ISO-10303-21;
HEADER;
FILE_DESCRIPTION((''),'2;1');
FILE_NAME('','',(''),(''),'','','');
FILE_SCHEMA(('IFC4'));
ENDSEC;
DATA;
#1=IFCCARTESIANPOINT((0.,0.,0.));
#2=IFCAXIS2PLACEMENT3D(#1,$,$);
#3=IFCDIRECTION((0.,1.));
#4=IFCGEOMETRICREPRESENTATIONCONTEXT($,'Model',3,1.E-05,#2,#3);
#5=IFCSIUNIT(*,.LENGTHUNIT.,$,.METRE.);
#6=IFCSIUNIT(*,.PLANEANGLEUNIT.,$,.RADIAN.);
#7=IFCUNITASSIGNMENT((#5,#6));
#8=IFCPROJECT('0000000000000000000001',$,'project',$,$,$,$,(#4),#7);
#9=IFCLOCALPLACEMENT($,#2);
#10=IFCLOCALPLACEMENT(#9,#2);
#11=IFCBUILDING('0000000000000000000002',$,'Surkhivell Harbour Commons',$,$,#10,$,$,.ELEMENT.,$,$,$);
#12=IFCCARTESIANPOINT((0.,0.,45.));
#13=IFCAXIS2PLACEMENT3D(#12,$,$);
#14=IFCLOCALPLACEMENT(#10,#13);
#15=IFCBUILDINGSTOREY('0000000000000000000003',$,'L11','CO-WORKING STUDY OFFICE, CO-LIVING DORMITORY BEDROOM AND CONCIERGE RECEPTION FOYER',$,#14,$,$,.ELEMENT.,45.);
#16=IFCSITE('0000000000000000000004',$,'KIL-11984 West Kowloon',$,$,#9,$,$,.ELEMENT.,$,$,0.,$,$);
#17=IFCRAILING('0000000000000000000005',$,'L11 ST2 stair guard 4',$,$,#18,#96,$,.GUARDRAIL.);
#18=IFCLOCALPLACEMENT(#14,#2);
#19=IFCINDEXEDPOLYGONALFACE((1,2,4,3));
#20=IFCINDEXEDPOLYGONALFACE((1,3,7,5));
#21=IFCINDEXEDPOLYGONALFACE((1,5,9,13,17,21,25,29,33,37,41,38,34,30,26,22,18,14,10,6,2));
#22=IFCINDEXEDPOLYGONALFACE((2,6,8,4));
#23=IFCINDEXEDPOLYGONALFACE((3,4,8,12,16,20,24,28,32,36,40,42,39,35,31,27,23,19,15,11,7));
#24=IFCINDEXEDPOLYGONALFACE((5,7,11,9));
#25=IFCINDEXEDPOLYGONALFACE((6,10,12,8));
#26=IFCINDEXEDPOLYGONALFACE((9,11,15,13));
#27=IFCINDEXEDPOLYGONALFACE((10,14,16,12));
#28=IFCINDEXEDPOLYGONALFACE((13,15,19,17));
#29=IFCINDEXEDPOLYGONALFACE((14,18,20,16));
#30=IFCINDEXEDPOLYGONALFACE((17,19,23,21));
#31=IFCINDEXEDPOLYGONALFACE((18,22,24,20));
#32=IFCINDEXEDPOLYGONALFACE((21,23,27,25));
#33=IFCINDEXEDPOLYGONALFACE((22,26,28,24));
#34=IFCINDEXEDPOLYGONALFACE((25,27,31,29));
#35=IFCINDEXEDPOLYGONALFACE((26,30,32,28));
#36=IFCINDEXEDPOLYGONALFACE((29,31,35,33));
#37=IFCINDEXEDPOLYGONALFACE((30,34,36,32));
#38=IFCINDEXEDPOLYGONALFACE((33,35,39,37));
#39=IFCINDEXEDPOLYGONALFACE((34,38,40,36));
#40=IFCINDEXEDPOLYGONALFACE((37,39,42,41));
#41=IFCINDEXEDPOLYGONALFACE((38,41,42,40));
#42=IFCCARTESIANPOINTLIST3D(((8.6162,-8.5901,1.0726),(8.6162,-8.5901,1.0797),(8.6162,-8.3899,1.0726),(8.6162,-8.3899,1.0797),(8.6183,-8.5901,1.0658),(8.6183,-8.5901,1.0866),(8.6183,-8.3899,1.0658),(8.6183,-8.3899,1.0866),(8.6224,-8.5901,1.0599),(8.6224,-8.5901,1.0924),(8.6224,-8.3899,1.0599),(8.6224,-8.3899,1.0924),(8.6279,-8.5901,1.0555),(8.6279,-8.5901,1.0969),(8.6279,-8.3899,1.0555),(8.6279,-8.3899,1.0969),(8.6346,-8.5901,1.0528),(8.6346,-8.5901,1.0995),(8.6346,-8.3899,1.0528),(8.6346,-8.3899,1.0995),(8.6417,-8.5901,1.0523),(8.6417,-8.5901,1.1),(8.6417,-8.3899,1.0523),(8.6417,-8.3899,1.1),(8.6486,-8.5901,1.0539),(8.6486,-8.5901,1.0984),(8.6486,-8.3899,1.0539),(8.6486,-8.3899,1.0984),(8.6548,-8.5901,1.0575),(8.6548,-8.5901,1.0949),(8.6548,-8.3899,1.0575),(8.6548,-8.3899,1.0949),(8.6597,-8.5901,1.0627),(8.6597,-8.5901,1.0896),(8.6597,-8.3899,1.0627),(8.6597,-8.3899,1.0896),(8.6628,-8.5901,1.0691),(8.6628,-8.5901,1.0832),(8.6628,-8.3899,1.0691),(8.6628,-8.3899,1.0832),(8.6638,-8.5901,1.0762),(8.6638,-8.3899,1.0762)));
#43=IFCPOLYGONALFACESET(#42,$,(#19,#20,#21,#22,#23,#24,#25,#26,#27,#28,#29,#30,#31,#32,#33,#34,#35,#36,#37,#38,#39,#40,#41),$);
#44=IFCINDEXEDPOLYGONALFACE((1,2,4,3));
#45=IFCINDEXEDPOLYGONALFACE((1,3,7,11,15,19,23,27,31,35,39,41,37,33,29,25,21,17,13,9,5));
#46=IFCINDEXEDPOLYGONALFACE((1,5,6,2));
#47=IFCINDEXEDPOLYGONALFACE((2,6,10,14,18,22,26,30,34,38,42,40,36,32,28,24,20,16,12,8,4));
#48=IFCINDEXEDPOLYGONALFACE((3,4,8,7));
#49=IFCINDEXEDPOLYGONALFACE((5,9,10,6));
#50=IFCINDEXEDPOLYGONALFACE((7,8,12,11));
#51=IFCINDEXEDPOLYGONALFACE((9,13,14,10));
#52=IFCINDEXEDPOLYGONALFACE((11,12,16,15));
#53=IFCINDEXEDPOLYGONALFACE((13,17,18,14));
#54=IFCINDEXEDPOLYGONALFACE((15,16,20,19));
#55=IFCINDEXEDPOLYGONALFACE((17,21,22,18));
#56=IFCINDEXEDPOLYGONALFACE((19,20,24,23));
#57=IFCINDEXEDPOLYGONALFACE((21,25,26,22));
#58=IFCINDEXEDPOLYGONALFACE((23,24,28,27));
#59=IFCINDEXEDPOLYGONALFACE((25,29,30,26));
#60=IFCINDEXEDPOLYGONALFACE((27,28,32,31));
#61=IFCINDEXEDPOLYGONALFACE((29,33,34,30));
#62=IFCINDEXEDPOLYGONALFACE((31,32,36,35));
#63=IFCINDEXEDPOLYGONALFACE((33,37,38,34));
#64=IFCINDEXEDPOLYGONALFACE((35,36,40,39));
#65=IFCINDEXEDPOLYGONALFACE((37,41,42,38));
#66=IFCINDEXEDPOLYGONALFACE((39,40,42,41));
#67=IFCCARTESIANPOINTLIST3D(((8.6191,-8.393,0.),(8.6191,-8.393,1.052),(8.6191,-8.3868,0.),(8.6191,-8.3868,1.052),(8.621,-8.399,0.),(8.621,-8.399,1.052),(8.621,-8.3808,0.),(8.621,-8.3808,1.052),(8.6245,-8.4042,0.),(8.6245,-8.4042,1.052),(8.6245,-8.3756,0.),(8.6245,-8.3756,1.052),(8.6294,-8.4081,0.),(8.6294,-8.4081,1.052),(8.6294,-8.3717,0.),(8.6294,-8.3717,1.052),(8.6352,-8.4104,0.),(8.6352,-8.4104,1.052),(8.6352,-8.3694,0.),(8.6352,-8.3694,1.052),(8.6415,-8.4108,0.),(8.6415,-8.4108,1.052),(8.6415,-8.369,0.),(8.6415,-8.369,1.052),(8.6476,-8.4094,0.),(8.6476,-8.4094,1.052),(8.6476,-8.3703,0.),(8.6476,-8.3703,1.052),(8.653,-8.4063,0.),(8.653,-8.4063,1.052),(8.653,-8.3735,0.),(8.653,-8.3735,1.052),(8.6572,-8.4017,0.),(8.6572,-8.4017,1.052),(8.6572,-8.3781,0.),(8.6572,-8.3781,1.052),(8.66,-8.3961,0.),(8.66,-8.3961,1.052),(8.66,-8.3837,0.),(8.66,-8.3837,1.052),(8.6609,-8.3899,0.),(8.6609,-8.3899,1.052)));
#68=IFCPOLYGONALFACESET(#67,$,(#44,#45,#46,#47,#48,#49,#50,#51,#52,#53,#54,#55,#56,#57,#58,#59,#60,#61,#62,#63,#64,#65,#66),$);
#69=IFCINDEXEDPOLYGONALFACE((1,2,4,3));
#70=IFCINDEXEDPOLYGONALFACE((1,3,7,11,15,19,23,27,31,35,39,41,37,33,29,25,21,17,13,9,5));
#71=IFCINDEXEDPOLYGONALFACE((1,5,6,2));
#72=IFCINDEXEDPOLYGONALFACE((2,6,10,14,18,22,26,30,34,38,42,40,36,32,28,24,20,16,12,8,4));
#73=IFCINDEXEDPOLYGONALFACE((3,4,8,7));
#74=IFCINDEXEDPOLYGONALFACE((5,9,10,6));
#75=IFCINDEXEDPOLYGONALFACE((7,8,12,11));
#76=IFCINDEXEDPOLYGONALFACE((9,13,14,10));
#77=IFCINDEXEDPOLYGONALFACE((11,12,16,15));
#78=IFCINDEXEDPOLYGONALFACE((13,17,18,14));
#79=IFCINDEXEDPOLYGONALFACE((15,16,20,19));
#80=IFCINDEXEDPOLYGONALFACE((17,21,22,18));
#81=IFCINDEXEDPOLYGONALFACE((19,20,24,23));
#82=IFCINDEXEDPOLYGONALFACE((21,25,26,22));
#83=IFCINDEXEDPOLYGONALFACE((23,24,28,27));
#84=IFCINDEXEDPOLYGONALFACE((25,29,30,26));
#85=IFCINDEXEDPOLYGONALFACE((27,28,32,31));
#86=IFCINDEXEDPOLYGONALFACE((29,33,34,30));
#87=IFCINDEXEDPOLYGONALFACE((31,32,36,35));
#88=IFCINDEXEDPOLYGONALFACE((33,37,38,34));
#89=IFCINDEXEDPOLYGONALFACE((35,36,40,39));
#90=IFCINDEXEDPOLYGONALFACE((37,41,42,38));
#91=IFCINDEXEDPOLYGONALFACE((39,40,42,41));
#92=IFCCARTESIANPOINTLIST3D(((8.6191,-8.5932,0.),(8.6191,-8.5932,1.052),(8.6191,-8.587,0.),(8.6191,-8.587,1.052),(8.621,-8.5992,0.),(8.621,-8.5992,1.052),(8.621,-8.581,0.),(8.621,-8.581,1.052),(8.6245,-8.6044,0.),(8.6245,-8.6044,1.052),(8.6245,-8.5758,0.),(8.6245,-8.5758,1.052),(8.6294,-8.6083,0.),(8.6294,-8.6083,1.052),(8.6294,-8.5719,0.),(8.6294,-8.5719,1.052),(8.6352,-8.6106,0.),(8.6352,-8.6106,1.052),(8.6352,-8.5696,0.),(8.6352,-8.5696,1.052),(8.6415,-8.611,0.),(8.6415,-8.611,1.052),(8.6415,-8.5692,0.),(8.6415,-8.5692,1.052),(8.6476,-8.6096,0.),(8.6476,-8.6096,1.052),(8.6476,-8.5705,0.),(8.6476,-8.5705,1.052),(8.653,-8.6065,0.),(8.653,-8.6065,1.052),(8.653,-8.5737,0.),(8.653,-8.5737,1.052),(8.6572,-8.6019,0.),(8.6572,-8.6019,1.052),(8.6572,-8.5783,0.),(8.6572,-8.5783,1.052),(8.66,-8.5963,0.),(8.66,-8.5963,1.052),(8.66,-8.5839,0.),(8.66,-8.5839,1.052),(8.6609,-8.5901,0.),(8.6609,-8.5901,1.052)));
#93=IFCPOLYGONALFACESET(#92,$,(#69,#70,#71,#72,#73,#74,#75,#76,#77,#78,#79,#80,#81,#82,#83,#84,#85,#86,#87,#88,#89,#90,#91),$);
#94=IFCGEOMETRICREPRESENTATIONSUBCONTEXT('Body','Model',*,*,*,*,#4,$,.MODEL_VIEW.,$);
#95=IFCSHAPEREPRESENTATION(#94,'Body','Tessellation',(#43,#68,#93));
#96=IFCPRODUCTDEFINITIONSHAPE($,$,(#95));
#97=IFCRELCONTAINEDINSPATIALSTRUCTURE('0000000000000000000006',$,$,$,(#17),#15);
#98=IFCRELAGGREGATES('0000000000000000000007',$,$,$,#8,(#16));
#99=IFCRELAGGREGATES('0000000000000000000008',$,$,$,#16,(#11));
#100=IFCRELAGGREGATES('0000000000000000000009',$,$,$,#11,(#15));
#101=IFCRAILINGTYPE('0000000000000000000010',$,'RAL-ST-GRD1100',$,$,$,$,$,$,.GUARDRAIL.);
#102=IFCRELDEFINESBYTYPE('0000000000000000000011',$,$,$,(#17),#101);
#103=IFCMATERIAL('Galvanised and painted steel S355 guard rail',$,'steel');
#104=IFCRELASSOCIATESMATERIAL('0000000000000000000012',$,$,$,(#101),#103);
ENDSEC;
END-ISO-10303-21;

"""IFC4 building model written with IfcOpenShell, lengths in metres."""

from ifc_helpers import new_model, si_unit, direction, frame, origin, origin_2d, place, context, subcontext, project, spatial, circle, extrude, material, type_object, element, save


model = new_model("IFC4")

# Units and contexts
model_context = context("Model", 3, precision=1e-05, world=origin(), true_north=direction((0.0, 1.0)))
body_context = subcontext(model_context, "Body", "Model", "MODEL_VIEW")
ifc_project = project(units=[si_unit("LENGTHUNIT", "METRE"), si_unit("PLANEANGLEUNIT", "RADIAN")], contexts=[model_context])

# Site, building, storey
site_placement = place(None, origin())
site = spatial("IfcSite", under=ifc_project, at=site_placement, Name="KIL-11984 West Kowloon", CompositionType="ELEMENT", RefElevation=0.0)
building_placement = place(site_placement, origin())
building = spatial("IfcBuilding", under=site, at=building_placement, Name="Surkhivell Harbour Commons", CompositionType="ELEMENT")
storey_placement = place(building_placement, frame((0.0, 0.0, 45.0)))
storey = spatial("IfcBuildingStorey", under=building, at=storey_placement, Name="L11", Description="CO-WORKING STUDY OFFICE, CO-LIVING DORMITORY BEDROOM AND CONCIERGE RECEPTION FOYER", CompositionType="ELEMENT", Elevation=45.0)

# Railing
ifc_material_1 = material(Name="Galvanised and painted steel S355 guard rail", Category="steel")
railing_type_1 = type_object("IfcRailingType", Name="RAL-ST-GRD1100", PredefinedType="GUARDRAIL", material=ifc_material_1)
railing_1_placement = place(storey_placement, frame((8.6399, -8.3899, 0.0)))
element("IfcRailing", 1, at=railing_1_placement, inside=storey, type_object=railing_type_1, Name="L11 ST2 stair guard 4", PredefinedType="GUARDRAIL", context=body_context, shape_type="SweptSolid", body=[
    extrude(circle(Radius=0.0239, at=origin_2d()), frame((0.0, 0.0, 1.0762), z_axis=(0.0, -1.0, 0.0), x_axis=(1.0, 0.0, 0.0)), (0.0, 0.0, 1.0), 0.2002),
    extrude(circle(Radius=0.021, at=origin_2d()), origin(), (0.0, 0.0, 1.0), 1.052),
    extrude(circle(Radius=0.021, at=origin_2d()), frame((0.0, -0.2002, 0.0)), (0.0, 0.0, 1.0), 1.052),
])

save(model, "model.ifc")
